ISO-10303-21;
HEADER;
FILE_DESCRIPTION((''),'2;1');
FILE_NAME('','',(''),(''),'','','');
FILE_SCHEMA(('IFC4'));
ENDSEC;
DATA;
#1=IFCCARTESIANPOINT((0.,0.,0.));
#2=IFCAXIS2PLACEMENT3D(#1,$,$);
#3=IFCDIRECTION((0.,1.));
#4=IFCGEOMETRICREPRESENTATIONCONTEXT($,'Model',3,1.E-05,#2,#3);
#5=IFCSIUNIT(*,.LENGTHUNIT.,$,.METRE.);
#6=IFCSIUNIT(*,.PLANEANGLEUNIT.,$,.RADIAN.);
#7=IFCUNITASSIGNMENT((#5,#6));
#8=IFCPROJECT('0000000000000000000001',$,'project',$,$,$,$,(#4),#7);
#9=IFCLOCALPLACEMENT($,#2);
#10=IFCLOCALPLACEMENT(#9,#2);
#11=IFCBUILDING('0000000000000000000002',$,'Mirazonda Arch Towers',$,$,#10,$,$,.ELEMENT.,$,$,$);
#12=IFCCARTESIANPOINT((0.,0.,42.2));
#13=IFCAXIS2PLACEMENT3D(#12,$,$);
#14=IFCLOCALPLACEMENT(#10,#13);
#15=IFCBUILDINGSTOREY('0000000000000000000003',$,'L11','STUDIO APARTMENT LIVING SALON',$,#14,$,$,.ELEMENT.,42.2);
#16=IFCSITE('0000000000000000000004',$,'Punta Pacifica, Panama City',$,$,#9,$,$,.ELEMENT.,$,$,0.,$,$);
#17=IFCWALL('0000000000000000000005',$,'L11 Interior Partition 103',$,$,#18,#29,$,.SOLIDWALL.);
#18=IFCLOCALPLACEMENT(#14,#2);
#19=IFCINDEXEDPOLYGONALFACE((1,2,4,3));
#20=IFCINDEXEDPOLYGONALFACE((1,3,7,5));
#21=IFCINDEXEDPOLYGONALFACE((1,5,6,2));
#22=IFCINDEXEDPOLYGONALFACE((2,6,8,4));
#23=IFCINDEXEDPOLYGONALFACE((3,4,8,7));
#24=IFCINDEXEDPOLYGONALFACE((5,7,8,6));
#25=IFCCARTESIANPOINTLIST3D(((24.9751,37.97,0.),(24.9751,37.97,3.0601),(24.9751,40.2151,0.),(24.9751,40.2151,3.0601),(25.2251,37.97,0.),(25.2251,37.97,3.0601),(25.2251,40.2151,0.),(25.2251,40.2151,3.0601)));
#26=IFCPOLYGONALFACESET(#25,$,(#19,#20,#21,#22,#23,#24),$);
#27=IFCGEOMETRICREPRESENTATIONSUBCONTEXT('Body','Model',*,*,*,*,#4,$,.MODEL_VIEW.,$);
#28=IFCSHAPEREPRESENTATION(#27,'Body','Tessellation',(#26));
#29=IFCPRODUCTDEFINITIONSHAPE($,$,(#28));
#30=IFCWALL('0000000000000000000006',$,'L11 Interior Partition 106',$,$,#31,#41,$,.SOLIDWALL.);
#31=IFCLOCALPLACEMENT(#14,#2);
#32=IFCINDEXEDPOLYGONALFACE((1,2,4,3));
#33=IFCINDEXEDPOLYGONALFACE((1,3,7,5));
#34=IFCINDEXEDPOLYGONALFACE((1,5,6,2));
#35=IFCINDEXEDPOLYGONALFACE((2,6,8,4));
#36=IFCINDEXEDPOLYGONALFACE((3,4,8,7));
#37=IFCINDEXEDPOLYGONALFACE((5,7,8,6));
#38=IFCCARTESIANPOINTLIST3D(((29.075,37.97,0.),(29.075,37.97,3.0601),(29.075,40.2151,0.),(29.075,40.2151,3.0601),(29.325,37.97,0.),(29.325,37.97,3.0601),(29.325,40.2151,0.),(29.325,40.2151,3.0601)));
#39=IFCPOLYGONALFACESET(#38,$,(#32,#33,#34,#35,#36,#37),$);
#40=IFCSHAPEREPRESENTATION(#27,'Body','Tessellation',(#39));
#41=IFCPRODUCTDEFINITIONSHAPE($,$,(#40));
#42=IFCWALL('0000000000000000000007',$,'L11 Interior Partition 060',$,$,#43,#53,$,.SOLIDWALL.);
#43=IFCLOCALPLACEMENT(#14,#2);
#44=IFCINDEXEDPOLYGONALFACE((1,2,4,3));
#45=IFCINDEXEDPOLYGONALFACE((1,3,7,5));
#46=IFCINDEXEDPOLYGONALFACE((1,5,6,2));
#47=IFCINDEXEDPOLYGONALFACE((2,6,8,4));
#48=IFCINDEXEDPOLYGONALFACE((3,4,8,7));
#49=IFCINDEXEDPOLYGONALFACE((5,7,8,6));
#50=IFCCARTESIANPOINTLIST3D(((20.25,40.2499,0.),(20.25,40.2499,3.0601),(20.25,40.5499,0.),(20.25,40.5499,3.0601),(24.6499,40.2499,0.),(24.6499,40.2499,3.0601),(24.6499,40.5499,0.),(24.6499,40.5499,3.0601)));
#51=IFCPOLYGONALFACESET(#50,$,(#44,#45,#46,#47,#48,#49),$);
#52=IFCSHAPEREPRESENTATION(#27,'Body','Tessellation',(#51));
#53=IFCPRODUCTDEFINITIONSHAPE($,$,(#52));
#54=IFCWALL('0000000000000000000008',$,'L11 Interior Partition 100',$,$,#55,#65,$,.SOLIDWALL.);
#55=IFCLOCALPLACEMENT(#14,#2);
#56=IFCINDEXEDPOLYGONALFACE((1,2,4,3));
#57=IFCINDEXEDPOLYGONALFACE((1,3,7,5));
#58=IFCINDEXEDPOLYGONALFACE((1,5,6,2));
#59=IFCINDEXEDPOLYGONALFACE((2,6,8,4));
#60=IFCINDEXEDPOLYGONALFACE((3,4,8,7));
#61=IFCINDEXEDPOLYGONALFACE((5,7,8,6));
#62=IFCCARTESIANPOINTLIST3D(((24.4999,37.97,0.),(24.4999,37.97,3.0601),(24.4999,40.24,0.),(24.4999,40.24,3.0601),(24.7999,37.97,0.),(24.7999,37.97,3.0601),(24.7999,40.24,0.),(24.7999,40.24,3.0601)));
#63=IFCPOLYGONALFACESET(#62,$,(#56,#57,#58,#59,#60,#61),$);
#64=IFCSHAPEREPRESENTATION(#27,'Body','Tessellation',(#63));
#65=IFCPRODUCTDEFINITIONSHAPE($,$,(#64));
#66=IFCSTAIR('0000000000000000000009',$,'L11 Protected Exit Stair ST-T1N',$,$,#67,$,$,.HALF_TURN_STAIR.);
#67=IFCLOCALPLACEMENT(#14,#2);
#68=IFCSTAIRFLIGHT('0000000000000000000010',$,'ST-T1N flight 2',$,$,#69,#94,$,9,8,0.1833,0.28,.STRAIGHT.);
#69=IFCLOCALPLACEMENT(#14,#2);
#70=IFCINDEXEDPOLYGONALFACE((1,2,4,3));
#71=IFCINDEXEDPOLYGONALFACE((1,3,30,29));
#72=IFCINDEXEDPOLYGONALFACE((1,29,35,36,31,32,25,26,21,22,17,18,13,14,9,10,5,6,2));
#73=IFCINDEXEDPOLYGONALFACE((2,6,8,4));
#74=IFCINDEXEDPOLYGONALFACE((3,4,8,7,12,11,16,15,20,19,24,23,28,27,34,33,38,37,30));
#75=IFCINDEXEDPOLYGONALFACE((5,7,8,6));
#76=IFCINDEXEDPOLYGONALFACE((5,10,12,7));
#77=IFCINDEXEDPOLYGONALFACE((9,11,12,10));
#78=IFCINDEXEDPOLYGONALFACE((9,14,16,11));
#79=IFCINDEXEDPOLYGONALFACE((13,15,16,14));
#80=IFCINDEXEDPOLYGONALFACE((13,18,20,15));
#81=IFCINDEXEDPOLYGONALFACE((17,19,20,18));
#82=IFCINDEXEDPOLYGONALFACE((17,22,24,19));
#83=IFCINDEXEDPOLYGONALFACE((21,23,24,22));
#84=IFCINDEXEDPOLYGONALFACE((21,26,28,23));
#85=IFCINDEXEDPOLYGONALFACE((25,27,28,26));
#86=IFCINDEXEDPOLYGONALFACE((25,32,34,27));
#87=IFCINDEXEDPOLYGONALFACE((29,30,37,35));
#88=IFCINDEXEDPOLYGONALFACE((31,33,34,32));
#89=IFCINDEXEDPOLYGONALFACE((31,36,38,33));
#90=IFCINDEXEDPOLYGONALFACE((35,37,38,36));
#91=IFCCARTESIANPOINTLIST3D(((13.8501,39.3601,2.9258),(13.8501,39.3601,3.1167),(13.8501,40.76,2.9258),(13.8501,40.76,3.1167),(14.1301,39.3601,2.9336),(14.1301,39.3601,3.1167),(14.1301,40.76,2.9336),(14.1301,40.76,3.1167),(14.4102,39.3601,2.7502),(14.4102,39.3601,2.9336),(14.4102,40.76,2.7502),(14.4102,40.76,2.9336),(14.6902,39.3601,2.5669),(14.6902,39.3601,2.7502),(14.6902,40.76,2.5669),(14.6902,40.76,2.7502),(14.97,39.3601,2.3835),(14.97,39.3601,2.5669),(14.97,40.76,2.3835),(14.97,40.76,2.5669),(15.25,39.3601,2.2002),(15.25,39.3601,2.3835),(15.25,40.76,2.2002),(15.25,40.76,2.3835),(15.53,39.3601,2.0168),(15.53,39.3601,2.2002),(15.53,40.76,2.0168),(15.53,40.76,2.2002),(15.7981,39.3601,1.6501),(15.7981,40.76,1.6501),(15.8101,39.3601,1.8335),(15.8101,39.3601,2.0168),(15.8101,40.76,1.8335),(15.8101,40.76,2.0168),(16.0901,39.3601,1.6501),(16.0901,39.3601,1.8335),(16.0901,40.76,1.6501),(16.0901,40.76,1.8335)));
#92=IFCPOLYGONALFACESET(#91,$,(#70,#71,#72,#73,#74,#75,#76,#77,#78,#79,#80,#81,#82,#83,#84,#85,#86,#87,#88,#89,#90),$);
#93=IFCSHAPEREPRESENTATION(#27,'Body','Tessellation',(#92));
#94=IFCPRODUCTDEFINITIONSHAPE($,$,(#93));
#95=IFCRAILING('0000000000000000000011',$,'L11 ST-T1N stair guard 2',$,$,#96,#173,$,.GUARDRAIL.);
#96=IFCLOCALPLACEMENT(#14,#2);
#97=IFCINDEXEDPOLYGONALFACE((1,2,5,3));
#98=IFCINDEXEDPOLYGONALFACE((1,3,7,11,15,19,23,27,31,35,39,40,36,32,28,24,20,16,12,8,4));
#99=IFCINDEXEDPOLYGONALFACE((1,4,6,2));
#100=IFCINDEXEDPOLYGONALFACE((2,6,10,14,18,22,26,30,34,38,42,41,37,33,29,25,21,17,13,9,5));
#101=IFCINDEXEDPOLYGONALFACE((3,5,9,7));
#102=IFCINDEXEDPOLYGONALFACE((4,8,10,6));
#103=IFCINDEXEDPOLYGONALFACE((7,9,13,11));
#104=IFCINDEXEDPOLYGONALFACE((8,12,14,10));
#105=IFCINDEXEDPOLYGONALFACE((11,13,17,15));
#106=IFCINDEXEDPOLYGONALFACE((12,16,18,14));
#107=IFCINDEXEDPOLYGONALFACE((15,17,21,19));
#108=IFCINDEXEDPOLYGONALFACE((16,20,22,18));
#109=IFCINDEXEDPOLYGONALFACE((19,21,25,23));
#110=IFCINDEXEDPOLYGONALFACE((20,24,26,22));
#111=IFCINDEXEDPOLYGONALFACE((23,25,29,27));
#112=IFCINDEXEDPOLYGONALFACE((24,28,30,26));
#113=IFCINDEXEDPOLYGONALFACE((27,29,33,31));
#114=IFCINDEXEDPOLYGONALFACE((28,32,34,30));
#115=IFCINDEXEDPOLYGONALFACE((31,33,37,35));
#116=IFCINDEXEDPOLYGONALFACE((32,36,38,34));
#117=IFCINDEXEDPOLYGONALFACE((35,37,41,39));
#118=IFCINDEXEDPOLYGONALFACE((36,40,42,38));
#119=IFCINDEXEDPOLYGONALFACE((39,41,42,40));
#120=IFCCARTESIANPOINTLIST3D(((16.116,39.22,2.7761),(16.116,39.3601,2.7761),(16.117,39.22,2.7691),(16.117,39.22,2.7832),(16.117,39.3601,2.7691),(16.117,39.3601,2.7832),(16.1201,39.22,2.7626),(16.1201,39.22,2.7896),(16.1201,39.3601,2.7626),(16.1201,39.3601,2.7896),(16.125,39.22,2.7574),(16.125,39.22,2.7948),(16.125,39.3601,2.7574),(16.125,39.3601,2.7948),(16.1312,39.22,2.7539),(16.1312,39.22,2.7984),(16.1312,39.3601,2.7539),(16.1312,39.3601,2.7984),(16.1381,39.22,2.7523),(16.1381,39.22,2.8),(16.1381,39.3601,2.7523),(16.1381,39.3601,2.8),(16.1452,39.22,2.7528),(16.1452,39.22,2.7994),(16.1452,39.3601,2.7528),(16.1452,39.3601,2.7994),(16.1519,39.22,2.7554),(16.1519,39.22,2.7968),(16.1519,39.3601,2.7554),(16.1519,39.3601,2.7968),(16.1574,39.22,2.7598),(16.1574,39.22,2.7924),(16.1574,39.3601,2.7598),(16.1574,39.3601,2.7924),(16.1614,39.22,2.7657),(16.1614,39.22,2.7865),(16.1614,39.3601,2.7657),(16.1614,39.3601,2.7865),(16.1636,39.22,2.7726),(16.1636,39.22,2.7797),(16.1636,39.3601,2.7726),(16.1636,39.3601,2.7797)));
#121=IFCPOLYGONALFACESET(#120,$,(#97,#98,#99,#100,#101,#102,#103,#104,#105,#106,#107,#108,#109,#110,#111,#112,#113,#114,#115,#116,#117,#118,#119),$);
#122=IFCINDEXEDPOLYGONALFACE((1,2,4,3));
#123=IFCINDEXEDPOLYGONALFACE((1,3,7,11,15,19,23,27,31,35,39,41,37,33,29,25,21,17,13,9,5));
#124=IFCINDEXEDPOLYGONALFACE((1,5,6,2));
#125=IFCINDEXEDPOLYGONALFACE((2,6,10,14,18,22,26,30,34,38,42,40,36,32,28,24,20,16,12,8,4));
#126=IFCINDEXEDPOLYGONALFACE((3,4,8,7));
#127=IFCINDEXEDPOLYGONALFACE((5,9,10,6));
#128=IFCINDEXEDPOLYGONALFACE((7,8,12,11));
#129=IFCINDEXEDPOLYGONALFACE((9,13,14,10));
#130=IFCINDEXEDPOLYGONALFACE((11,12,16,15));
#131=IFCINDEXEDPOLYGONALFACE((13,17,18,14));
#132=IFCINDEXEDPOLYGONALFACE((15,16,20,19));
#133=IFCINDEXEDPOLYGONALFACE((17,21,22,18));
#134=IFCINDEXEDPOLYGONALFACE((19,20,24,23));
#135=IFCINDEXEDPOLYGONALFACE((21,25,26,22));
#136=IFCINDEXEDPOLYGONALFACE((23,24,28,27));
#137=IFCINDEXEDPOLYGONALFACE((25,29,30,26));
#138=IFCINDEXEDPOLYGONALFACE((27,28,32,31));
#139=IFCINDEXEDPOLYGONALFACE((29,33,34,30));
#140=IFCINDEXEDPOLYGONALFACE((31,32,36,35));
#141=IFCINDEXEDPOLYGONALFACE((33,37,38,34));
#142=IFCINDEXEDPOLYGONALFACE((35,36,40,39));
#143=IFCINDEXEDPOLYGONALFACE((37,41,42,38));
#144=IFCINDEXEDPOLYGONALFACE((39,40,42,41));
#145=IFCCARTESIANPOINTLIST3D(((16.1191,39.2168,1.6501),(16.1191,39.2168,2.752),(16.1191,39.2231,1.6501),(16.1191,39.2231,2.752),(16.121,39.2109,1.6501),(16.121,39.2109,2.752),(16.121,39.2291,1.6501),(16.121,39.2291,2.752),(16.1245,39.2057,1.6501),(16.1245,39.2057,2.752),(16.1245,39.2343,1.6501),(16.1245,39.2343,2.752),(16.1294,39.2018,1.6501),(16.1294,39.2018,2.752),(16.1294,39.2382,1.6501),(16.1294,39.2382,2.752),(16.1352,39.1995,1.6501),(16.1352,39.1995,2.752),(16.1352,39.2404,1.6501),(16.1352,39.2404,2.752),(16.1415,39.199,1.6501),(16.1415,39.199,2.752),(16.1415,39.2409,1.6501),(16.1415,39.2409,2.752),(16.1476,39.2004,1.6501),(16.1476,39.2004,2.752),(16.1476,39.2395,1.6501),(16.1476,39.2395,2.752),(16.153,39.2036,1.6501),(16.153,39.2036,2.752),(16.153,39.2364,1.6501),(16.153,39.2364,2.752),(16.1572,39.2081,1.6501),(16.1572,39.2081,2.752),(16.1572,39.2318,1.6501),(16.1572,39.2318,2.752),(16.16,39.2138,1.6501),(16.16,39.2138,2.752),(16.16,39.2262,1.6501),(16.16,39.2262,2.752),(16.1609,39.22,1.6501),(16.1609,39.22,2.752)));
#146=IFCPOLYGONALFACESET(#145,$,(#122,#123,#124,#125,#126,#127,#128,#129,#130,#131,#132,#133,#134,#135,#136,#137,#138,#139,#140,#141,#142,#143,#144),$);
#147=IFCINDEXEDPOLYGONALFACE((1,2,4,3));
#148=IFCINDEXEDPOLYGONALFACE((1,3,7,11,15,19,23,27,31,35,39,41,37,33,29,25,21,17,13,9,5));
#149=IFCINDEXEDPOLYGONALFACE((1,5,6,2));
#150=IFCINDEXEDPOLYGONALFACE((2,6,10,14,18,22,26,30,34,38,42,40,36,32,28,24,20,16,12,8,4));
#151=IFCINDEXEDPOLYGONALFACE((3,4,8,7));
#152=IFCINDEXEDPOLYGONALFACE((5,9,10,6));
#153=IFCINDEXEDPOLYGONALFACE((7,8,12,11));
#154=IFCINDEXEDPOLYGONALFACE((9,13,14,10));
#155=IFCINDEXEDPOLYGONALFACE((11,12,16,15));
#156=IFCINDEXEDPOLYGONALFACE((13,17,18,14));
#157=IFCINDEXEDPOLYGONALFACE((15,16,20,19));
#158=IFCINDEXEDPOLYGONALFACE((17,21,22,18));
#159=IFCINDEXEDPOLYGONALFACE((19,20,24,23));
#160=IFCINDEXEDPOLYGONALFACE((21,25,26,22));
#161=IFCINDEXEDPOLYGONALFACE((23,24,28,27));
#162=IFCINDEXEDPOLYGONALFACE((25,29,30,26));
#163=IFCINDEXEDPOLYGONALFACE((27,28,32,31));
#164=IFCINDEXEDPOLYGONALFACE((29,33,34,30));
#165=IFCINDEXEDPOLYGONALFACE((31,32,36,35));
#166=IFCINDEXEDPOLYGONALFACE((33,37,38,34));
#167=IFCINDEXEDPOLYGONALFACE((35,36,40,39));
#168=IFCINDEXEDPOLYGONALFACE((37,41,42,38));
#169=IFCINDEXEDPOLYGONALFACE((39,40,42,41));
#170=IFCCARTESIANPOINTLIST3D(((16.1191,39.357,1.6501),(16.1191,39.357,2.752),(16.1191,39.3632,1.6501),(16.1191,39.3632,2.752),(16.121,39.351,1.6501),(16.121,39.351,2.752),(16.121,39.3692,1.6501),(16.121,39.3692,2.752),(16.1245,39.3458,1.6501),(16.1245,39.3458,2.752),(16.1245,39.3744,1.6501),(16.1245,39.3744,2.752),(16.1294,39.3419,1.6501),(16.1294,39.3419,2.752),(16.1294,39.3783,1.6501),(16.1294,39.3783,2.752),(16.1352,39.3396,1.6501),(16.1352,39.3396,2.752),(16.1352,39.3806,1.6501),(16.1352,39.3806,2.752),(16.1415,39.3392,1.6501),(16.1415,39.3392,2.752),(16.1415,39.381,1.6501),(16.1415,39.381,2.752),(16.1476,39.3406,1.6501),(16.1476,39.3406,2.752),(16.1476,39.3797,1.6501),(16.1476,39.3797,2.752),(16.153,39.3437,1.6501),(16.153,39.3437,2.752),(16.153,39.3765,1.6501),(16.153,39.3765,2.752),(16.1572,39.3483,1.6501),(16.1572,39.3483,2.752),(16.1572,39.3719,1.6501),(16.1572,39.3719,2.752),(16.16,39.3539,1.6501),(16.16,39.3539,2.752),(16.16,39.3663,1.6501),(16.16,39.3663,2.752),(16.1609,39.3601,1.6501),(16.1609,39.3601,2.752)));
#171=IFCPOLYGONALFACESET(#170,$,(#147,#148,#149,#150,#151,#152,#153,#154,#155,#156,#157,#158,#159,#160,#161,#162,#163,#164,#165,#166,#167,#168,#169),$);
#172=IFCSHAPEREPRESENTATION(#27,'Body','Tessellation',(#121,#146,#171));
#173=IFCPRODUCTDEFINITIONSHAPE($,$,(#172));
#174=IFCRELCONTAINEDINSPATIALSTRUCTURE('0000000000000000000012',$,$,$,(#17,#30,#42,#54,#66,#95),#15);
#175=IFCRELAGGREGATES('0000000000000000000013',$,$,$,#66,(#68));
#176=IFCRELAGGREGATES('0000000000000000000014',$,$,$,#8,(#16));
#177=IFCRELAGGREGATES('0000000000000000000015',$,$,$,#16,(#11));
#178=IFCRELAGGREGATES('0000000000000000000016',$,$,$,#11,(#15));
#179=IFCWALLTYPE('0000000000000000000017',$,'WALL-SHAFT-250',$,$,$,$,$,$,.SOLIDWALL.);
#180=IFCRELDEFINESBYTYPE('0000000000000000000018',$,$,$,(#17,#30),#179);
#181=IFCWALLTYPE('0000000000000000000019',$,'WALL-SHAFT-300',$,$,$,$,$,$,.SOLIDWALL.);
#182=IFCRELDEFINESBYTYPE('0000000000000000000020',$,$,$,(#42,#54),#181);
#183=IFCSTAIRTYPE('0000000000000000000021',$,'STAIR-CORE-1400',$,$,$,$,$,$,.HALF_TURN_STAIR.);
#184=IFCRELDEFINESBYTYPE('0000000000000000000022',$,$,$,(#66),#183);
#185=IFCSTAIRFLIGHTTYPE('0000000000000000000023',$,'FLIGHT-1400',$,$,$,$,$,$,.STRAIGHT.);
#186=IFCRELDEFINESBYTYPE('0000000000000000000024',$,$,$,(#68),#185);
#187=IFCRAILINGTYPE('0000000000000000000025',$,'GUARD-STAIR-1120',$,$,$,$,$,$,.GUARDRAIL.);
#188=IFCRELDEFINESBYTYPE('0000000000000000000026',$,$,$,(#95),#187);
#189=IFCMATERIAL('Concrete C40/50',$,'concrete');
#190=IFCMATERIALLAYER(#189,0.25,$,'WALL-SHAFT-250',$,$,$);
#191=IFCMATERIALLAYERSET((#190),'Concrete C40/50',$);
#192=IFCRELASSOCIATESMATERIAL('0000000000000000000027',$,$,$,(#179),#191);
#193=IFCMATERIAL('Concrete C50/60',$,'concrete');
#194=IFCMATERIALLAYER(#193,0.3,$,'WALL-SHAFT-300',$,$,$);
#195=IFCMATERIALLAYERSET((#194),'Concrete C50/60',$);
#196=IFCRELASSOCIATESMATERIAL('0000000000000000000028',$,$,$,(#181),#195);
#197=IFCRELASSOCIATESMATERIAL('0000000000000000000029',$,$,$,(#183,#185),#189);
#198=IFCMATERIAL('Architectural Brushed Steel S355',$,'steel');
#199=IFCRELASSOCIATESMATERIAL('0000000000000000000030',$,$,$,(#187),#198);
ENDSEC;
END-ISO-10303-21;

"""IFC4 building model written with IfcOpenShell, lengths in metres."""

from ifc_helpers import new_model, si_unit, direction, frame, frame_2d, origin, origin_2d, place, context, subcontext, project, spatial, polyline, rectangle, circle, outline, extrude, material, layer, layer_set, type_object, element, aggregate, save


model = new_model("IFC4")

# Units and contexts
model_context = context("Model", 3, precision=1e-05, world=origin(), true_north=direction((0.0, 1.0)))
body_context = subcontext(model_context, "Body", "Model", "MODEL_VIEW")
ifc_project = project(units=[si_unit("LENGTHUNIT", "METRE"), si_unit("PLANEANGLEUNIT", "RADIAN")], contexts=[model_context])

# Site, building, storey
site_placement = place(None, origin())
site = spatial("IfcSite", under=ifc_project, at=site_placement, Name="Punta Pacifica, Panama City", CompositionType="ELEMENT", RefElevation=0.0)
building_placement = place(site_placement, origin())
building = spatial("IfcBuilding", under=site, at=building_placement, Name="Mirazonda Arch Towers", CompositionType="ELEMENT")
storey_placement = place(building_placement, frame((0.0, 0.0, 42.2)))
storey = spatial("IfcBuildingStorey", under=building, at=storey_placement, Name="L11", Description="STUDIO APARTMENT LIVING SALON", CompositionType="ELEMENT", Elevation=42.2)

# Shared definitions
ifc_material_1 = material(Name="Architectural Brushed Steel S355", Category="steel")

# Walls
ifc_material_2 = material(Name="Concrete C40/50", Category="concrete")
ifc_layer_1 = layer(ifc_material_2, 0.25, Name="WALL-SHAFT-250")
ifc_layer_set_1 = layer_set([ifc_layer_1], Name="Concrete C40/50")
wall_type_1 = type_object("IfcWallType", Name="WALL-SHAFT-250", PredefinedType="SOLIDWALL", material=ifc_layer_set_1)
for number, where, z_axis, x_axis, name in (
    (1, (25.1001, 37.97, 0.0), (0.0, 0.0, 1.0), (0.0, 1.0, 0.0), "L11 Interior Partition 103"),
    (2, (29.2, 37.97, 0.0), (0.0, 0.0, 1.0), (0.0, 1.0, 0.0), "L11 Interior Partition 106"),
):
    element("IfcWall", number, at=place(storey_placement, frame(where, z_axis=z_axis, x_axis=x_axis)), inside=storey, type_object=wall_type_1, Name=name, PredefinedType="SOLIDWALL", context=body_context, shape_type="SweptSolid", body=[
        extrude(rectangle(XDim=2.2451, YDim=0.25, at=frame_2d((1.1226, 0.0))), origin(), (0.0, 0.0, 1.0), 3.0601),
    ])
ifc_material_3 = material(Name="Concrete C50/60", Category="concrete")
ifc_layer_2 = layer(ifc_material_3, 0.3, Name="WALL-SHAFT-300")
ifc_layer_set_2 = layer_set([ifc_layer_2], Name="Concrete C50/60")
wall_type_2 = type_object("IfcWallType", Name="WALL-SHAFT-300", PredefinedType="SOLIDWALL", material=ifc_layer_set_2)
wall_1_placement = place(storey_placement, frame((20.25, 40.3999, 0.0), z_axis=(0.0, 0.0, 1.0), x_axis=(1.0, 0.0, 0.0)))
element("IfcWall", 3, at=wall_1_placement, inside=storey, type_object=wall_type_2, Name="L11 Interior Partition 060", PredefinedType="SOLIDWALL", context=body_context, shape_type="SweptSolid", body=[
    extrude(rectangle(XDim=4.3999, YDim=0.3, at=frame_2d((2.2, 0.0))), origin(), (0.0, 0.0, 1.0), 3.0601),
])
wall_2_placement = place(storey_placement, frame((24.6499, 37.97, 0.0), z_axis=(0.0, 0.0, 1.0), x_axis=(0.0, 1.0, 0.0)))
element("IfcWall", 4, at=wall_2_placement, inside=storey, type_object=wall_type_2, Name="L11 Interior Partition 100", PredefinedType="SOLIDWALL", context=body_context, shape_type="SweptSolid", body=[
    extrude(rectangle(XDim=2.27, YDim=0.3, at=frame_2d((1.135, 0.0))), origin(), (0.0, 0.0, 1.0), 3.0601),
])

# Stair, stair flight
stair_type = type_object("IfcStairType", Name="STAIR-CORE-1400", PredefinedType="HALF_TURN_STAIR", material=ifc_material_2)
stair_placement = place(storey_placement, origin())
stair = element("IfcStair", 5, at=stair_placement, inside=storey, type_object=stair_type, Name="L11 Protected Exit Stair ST-T1N", PredefinedType="HALF_TURN_STAIR")
stair_flight_type = type_object("IfcStairFlightType", Name="FLIGHT-1400", PredefinedType="STRAIGHT", material=ifc_material_2)
stair_flight_placement = place(storey_placement, frame((16.0901, 40.0601, 1.6501), z_axis=(0.0, 0.0, 1.0), x_axis=(-1.0, 0.0, 0.0)))
stair_flight = element("IfcStairFlight", 6, at=stair_flight_placement, type_object=stair_flight_type, Name="ST-T1N flight 2", NumberOfRisers=9, NumberOfTreads=8, PredefinedType="STRAIGHT", RiserHeight=0.1833, TreadLength=0.28, context=body_context, shape_type="SweptSolid", body=[
    extrude(outline(polyline([(0.0, 0.0), (0.0, 0.1833), (0.28, 0.1833), (0.28, 0.3667), (0.5601, 0.3667), (0.5601, 0.55), (0.8401, 0.55), (0.8401, 0.7334), (1.1201, 0.7334), (1.1201, 0.9167), (1.3999, 0.9167), (1.3999, 1.1001), (1.6799, 1.1001), (1.6799, 1.2834), (1.96, 1.2834), (1.96, 1.4666), (2.24, 1.4666), (2.24, 1.6499), (2.24, 1.2756), (0.292, 0.0), (0.0, 0.0)])), frame((0.0, 0.7, 0.0), z_axis=(0.0, -1.0, 0.0), x_axis=(1.0, 0.0, 0.0)), (0.0, 0.0, 1.0), 1.3999),
])
aggregate(stair, [stair_flight])

# Railing
railing_type_1 = type_object("IfcRailingType", Name="GUARD-STAIR-1120", PredefinedType="GUARDRAIL", material=ifc_material_1)
railing_1_placement = place(storey_placement, frame((16.1399, 39.22, 1.6501)))
element("IfcRailing", 7, at=railing_1_placement, inside=storey, type_object=railing_type_1, Name="L11 ST-T1N stair guard 2", PredefinedType="GUARDRAIL", context=body_context, shape_type="SweptSolid", body=[
    extrude(circle(Radius=0.0239, at=origin_2d()), frame((0.0, 0.0, 1.126), z_axis=(0.0, 1.0, 0.0), x_axis=(-1.0, 0.0, 0.0)), (0.0, 0.0, 1.0), 0.1401),
    extrude(circle(Radius=0.021, at=origin_2d()), origin(), (0.0, 0.0, 1.0), 1.1018),
    extrude(circle(Radius=0.021, at=origin_2d()), frame((0.0, 0.1401, 0.0)), (0.0, 0.0, 1.0), 1.1018),
])

save(model, "model.ifc")
